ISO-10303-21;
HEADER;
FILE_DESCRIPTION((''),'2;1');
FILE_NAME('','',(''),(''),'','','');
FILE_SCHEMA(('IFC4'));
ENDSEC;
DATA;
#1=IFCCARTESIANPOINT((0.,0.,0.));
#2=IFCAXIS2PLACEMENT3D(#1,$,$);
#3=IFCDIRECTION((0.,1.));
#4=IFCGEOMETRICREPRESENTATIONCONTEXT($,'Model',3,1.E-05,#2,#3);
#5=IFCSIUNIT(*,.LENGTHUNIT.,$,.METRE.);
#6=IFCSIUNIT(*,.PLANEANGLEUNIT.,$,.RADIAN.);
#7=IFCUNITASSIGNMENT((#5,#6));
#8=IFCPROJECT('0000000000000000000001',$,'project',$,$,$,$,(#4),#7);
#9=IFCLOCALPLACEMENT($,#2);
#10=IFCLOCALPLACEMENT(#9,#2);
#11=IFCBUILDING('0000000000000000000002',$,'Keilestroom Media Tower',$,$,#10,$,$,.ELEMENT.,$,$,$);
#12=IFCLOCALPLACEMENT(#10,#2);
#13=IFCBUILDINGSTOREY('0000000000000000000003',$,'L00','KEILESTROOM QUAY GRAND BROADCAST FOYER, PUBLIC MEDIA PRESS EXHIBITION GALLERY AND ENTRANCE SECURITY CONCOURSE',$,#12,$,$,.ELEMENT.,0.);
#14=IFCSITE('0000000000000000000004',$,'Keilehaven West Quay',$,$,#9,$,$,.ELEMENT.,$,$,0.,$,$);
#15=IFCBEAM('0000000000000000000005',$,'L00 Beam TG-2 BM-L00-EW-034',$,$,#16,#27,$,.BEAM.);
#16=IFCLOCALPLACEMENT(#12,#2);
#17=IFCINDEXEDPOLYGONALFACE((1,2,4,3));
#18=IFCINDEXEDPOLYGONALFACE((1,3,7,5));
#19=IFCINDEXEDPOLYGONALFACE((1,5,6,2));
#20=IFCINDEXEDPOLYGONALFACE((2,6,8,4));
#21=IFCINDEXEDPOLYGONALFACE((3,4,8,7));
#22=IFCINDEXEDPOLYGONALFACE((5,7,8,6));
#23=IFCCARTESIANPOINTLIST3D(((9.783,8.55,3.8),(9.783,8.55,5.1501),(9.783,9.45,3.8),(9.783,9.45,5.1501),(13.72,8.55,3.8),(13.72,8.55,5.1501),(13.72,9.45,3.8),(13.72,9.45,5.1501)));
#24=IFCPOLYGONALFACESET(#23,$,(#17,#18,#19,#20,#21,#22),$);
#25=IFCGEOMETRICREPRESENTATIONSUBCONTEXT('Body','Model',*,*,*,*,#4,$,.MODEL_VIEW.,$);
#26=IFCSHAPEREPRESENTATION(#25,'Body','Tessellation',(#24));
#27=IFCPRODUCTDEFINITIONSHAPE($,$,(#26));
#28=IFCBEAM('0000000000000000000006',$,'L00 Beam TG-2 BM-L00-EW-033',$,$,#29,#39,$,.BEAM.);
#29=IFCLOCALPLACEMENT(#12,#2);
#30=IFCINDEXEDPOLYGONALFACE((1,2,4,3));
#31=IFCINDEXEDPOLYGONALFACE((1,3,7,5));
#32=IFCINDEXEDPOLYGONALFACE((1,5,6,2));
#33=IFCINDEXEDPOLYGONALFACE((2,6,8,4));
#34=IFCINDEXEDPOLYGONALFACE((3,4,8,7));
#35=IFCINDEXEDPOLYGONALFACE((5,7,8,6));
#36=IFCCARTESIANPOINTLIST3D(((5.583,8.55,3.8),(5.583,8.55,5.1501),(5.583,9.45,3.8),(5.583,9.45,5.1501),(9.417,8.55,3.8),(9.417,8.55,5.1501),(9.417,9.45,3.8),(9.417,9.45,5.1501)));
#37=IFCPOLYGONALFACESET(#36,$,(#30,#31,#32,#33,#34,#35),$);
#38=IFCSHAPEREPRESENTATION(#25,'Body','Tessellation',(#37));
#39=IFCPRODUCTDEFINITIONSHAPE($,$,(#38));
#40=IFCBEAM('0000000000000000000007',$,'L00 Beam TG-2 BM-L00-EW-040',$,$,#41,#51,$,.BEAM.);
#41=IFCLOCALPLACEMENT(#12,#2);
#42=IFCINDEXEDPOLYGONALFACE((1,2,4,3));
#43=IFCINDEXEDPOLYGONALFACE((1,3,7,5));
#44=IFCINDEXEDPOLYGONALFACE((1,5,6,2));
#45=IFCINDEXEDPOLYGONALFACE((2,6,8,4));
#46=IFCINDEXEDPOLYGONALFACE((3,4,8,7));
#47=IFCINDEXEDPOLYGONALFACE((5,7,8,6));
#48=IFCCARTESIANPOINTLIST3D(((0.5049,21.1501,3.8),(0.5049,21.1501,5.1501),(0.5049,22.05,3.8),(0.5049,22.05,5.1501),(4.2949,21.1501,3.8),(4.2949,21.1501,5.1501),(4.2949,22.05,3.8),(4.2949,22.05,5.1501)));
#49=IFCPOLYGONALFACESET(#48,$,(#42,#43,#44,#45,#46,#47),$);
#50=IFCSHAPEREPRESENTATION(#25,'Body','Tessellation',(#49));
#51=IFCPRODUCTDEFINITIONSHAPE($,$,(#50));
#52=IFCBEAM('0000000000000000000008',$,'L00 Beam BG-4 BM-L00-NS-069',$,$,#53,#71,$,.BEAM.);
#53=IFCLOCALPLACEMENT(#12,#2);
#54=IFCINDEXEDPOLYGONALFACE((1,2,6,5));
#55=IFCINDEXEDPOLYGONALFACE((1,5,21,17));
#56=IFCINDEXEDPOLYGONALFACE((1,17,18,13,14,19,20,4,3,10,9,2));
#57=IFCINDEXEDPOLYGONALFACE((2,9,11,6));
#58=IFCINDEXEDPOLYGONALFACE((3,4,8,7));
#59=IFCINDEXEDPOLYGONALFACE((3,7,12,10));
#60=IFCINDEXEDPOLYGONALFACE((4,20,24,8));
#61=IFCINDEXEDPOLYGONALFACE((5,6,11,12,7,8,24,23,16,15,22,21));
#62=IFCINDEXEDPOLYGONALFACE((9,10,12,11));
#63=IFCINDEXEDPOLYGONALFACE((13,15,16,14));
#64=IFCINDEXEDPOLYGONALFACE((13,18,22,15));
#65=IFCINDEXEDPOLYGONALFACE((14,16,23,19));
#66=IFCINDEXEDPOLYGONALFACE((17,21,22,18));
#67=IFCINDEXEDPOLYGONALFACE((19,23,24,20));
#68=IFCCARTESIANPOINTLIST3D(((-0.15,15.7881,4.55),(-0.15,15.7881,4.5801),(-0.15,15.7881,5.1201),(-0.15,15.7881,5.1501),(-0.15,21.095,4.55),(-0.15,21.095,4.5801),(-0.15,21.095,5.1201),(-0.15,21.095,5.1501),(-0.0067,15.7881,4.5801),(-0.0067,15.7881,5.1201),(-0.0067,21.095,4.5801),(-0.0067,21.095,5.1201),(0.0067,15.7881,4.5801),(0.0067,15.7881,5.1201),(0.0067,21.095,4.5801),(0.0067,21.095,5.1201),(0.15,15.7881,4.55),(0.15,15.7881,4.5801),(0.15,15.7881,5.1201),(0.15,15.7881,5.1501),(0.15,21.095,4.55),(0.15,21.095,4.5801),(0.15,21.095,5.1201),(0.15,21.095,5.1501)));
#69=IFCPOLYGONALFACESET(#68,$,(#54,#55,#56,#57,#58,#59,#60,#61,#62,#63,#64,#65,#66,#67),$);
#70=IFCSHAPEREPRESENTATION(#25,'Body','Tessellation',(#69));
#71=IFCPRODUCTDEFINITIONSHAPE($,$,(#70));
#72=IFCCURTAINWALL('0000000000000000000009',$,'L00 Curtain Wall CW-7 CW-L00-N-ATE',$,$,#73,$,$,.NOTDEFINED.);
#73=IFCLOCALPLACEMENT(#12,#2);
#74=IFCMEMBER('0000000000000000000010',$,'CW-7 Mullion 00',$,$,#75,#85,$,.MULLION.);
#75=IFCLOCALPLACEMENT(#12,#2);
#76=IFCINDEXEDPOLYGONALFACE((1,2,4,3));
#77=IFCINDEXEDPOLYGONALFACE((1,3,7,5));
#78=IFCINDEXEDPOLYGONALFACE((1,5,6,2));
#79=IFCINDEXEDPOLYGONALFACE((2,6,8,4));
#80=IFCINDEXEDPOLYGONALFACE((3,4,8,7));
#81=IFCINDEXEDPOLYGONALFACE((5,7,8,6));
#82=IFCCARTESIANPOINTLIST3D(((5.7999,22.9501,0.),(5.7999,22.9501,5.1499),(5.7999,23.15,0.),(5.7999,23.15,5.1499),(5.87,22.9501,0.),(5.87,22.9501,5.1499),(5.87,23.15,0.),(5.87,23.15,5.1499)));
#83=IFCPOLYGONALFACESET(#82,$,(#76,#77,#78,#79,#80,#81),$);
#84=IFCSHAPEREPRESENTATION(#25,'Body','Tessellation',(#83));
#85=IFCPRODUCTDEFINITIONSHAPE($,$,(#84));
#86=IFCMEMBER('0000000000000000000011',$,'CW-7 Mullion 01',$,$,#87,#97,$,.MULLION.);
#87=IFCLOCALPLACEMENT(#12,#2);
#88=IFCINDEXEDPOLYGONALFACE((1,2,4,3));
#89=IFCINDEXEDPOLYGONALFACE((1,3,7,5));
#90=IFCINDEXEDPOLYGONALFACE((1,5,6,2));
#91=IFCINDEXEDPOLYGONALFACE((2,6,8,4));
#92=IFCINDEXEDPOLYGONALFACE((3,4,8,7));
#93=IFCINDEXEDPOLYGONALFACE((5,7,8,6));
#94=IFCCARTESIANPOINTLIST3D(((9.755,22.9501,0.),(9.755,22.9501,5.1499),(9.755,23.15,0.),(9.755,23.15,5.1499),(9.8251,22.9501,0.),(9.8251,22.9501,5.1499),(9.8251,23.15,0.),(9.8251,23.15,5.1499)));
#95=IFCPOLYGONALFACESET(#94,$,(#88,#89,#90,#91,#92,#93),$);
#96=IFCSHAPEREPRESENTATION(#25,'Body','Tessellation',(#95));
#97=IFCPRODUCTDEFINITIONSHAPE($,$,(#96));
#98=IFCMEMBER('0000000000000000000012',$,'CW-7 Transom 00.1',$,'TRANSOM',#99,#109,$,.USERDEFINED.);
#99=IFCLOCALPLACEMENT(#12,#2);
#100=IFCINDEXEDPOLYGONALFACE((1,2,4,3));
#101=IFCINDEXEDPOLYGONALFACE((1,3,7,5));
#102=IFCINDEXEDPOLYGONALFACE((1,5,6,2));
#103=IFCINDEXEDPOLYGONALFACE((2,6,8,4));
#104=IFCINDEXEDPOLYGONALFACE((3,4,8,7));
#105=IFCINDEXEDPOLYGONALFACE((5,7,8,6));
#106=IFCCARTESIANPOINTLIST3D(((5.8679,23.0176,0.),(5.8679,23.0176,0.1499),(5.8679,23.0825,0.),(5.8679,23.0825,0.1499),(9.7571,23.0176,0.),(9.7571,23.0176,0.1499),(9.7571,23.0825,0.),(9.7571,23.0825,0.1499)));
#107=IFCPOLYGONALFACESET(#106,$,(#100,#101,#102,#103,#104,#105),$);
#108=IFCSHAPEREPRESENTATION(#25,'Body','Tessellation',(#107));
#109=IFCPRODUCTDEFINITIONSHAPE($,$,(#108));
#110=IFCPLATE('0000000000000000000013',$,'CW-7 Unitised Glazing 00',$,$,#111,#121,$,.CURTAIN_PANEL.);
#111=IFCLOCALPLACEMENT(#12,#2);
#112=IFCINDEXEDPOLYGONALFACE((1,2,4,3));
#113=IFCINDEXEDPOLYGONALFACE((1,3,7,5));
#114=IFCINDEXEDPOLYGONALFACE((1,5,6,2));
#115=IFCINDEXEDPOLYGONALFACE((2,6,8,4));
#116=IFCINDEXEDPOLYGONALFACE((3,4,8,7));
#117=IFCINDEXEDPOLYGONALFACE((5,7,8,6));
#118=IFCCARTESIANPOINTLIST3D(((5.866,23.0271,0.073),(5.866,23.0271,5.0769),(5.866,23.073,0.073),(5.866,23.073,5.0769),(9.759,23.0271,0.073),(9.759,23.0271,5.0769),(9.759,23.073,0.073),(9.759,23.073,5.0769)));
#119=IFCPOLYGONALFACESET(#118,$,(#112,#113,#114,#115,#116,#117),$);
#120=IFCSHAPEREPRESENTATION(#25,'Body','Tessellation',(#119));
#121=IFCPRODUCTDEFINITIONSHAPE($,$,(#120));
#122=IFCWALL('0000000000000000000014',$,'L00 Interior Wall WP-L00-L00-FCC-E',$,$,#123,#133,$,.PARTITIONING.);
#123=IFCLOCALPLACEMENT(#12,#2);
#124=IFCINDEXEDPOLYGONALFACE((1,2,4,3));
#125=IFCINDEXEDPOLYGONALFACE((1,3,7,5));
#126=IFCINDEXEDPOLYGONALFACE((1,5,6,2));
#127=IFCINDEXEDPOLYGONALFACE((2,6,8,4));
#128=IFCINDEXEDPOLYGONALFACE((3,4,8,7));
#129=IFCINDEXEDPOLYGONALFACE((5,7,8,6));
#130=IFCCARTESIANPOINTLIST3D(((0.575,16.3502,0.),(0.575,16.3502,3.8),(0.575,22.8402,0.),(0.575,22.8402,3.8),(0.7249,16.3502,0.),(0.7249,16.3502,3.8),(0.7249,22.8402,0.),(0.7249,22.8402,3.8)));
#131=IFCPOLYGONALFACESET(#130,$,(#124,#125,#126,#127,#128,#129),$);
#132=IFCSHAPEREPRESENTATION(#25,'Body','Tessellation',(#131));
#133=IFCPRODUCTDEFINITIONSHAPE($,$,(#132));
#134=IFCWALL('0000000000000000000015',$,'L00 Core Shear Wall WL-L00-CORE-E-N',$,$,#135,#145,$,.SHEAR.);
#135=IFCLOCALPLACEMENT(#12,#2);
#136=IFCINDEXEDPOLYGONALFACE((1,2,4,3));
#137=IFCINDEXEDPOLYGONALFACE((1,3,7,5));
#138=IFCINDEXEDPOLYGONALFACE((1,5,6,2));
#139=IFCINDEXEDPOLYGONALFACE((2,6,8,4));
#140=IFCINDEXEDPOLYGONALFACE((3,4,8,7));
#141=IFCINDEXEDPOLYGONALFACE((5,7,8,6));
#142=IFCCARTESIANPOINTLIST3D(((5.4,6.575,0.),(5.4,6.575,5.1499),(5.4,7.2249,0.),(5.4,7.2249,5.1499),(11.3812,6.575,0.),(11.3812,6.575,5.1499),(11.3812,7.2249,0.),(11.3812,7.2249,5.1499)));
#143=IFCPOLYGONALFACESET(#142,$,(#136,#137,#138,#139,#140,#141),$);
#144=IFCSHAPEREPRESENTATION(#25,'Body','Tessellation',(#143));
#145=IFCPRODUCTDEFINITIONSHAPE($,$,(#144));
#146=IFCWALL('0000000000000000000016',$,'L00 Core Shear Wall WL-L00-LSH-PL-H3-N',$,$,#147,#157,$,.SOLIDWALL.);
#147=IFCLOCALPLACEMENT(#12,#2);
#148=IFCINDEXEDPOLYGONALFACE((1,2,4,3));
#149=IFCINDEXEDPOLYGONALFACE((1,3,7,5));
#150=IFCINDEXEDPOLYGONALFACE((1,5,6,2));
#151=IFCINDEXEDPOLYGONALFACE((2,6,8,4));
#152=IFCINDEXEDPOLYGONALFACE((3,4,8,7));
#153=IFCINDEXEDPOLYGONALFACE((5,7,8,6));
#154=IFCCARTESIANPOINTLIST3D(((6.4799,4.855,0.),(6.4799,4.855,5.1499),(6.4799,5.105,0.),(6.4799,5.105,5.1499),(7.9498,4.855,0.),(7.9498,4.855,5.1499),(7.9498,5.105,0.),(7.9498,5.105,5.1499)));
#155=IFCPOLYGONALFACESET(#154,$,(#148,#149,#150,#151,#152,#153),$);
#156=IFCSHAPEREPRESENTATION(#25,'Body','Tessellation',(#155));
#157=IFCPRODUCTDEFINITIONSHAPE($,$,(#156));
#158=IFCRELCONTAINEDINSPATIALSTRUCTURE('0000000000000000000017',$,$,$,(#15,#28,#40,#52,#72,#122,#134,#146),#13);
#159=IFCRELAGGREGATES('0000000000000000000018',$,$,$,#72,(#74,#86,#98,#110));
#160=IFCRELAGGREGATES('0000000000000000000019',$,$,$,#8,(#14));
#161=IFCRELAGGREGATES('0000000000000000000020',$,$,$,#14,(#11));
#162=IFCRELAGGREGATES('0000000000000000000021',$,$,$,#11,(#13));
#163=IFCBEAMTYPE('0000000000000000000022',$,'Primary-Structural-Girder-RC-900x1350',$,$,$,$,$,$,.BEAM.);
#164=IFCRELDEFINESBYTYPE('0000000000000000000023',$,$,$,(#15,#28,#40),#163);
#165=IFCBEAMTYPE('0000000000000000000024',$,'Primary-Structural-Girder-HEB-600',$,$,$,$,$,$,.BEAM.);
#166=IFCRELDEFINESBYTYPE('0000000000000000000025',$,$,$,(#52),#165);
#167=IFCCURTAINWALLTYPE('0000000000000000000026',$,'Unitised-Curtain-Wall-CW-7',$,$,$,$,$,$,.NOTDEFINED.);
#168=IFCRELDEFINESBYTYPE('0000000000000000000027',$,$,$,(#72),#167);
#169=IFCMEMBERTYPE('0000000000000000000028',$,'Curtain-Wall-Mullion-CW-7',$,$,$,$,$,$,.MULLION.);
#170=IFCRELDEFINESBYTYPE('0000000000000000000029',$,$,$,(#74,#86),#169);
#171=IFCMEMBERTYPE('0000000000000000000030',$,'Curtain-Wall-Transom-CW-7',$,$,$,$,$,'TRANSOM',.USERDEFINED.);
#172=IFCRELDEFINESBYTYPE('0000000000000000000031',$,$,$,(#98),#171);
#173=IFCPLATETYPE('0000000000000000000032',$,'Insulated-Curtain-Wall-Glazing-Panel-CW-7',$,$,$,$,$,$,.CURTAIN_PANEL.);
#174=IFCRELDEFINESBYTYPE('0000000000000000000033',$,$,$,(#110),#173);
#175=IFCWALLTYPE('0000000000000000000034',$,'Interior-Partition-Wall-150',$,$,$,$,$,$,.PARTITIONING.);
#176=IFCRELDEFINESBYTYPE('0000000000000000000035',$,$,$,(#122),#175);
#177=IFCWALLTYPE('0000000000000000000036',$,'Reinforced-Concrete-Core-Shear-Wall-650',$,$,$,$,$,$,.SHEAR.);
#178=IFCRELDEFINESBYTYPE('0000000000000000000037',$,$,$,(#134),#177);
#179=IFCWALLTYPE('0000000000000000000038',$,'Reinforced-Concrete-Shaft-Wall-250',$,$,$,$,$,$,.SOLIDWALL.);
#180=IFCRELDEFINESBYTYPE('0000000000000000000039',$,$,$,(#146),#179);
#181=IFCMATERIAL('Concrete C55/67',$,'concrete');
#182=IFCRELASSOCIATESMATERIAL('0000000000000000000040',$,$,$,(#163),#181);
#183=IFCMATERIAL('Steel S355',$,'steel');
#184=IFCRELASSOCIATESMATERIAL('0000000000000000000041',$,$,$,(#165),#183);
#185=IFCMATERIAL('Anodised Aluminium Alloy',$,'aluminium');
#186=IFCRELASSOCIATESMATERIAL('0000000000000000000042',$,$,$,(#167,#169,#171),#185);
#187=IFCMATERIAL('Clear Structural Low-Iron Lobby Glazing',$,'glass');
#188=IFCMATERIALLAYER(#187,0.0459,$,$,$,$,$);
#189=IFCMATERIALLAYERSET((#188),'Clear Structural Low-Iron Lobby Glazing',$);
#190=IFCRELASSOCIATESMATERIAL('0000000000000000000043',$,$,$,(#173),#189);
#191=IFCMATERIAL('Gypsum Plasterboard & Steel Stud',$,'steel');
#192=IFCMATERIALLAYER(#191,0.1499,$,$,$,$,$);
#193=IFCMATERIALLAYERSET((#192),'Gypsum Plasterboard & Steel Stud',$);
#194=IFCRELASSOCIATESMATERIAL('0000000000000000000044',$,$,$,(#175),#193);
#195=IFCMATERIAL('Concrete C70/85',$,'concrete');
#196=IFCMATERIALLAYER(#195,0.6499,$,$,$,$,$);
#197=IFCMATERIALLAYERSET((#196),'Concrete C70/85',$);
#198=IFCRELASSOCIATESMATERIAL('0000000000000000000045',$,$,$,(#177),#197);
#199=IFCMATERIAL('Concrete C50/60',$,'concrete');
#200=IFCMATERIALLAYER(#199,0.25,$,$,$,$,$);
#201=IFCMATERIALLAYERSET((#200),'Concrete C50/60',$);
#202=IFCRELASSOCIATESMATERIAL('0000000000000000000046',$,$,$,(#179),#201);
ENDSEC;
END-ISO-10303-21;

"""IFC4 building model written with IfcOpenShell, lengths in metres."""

from ifc_helpers import new_model, si_unit, direction, frame, frame_2d, origin, origin_2d, place, context, subcontext, project, spatial, rectangle, i_section, extrude, source, transform, mapped, material, layer, layer_set, material_profile, profile_set, type_object, element, aggregate, save


model = new_model("IFC4")

# Units and contexts
model_context = context("Model", 3, precision=1e-05, world=origin(), true_north=direction((0.0, 1.0)))
body_context = subcontext(model_context, "Body", "Model", "MODEL_VIEW")
ifc_project = project(units=[si_unit("LENGTHUNIT", "METRE"), si_unit("PLANEANGLEUNIT", "RADIAN")], contexts=[model_context])

# Site, building, storey
site_placement = place(None, origin())
site = spatial("IfcSite", under=ifc_project, at=site_placement, Name="Keilehaven West Quay", CompositionType="ELEMENT", RefElevation=0.0)
building_placement = place(site_placement, origin())
building = spatial("IfcBuilding", under=site, at=building_placement, Name="Keilestroom Media Tower", CompositionType="ELEMENT")
storey_placement = place(building_placement, origin())
storey = spatial("IfcBuildingStorey", under=building, at=storey_placement, Name="L00", Description="KEILESTROOM QUAY GRAND BROADCAST FOYER, PUBLIC MEDIA PRESS EXHIBITION GALLERY AND ENTRANCE SECURITY CONCOURSE", CompositionType="ELEMENT", Elevation=0.0)

# Shared definitions
ifc_material_1 = material(Name="Concrete C55/67", Category="concrete")

# Beams
ifc_material_profile_1 = material_profile(ifc_material_1, rectangle(XDim=0.8999, YDim=1.3501, at=origin_2d()), Name="RC 900x1350")
ifc_profile_set_1 = profile_set([ifc_material_profile_1], Name="Concrete C55/67")
beam_type_1 = type_object("IfcBeamType", Name="Primary-Structural-Girder-RC-900x1350", PredefinedType="BEAM", material=ifc_profile_set_1)
shared_shape_1 = source(origin(), body_context, "Body", "SweptSolid", [
    extrude(rectangle(XDim=0.8999, YDim=1.3501, at=origin_2d()), origin(), (0.0, 0.0, 1.0), 3.937),
])
beam_1_placement = place(storey_placement, frame((9.783, 9.0, 4.4751), z_axis=(1.0, 0.0, 0.0), x_axis=(0.0, 1.0, 0.0)))
element("IfcBeam", 1, at=beam_1_placement, inside=storey, type_object=beam_type_1, Name="L00 Beam TG-2 BM-L00-EW-034", PredefinedType="BEAM", context=body_context, shape_type="MappedRepresentation", body=[
    mapped(shared_shape_1, transform((0.0, 0.0, 0.0), x_axis=(1.0, 0.0, 0.0), y_axis=(0.0, 1.0, 0.0), z_axis=(0.0, 0.0, 1.0), scale=1.0)),
])
shared_shape_2 = source(origin(), body_context, "Body", "SweptSolid", [
    extrude(rectangle(XDim=0.8999, YDim=1.3501, at=origin_2d()), origin(), (0.0, 0.0, 1.0), 3.834),
])
beam_2_placement = place(storey_placement, frame((5.583, 9.0, 4.4751), z_axis=(1.0, 0.0, 0.0), x_axis=(0.0, 1.0, 0.0)))
element("IfcBeam", 2, at=beam_2_placement, inside=storey, type_object=beam_type_1, Name="L00 Beam TG-2 BM-L00-EW-033", PredefinedType="BEAM", context=body_context, shape_type="MappedRepresentation", body=[
    mapped(shared_shape_2, transform((0.0, 0.0, 0.0), x_axis=(1.0, 0.0, 0.0), y_axis=(0.0, 1.0, 0.0), z_axis=(0.0, 0.0, 1.0), scale=1.0)),
])
shared_shape_3 = source(origin(), body_context, "Body", "SweptSolid", [
    extrude(rectangle(XDim=0.8999, YDim=1.3501, at=origin_2d()), origin(), (0.0, 0.0, 1.0), 3.79),
])
beam_3_placement = place(storey_placement, frame((0.5049, 21.6001, 4.4751), z_axis=(1.0, 0.0, 0.0), x_axis=(0.0, 1.0, 0.0)))
element("IfcBeam", 3, at=beam_3_placement, inside=storey, type_object=beam_type_1, Name="L00 Beam TG-2 BM-L00-EW-040", PredefinedType="BEAM", context=body_context, shape_type="MappedRepresentation", body=[
    mapped(shared_shape_3, transform((0.0, 0.0, 0.0), x_axis=(1.0, 0.0, 0.0), y_axis=(0.0, 1.0, 0.0), z_axis=(0.0, 0.0, 1.0), scale=1.0)),
])
ifc_material_2 = material(Name="Steel S355", Category="steel")
ifc_material_profile_2 = material_profile(ifc_material_2, i_section(OverallWidth=0.3, OverallDepth=0.6001, WebThickness=0.0134, FlangeThickness=0.03, at=origin_2d()), Name="HEB 600")
ifc_profile_set_2 = profile_set([ifc_material_profile_2], Name="Steel S355")
beam_type_2 = type_object("IfcBeamType", Name="Primary-Structural-Girder-HEB-600", PredefinedType="BEAM", material=ifc_profile_set_2)
shared_shape_4 = source(origin(), body_context, "Body", "SweptSolid", [
    extrude(i_section(OverallWidth=0.3, OverallDepth=0.6001, WebThickness=0.0134, FlangeThickness=0.03, at=origin_2d()), origin(), (0.0, 0.0, 1.0), 5.3069),
])
beam_4_placement = place(storey_placement, frame((0.0, 15.7881, 4.8501), z_axis=(0.0, 1.0, 0.0), x_axis=(-1.0, 0.0, 0.0)))
element("IfcBeam", 4, at=beam_4_placement, inside=storey, type_object=beam_type_2, Name="L00 Beam BG-4 BM-L00-NS-069", PredefinedType="BEAM", context=body_context, shape_type="MappedRepresentation", body=[
    mapped(shared_shape_4, transform((0.0, 0.0, 0.0), x_axis=(1.0, 0.0, 0.0), y_axis=(0.0, 1.0, 0.0), z_axis=(0.0, 0.0, 1.0), scale=1.0)),
])

# Curtain wall, members, plate
ifc_material_3 = material(Name="Anodised Aluminium Alloy", Category="aluminium")
curtain_wall_type = type_object("IfcCurtainWallType", Name="Unitised-Curtain-Wall-CW-7", PredefinedType="NOTDEFINED", material=ifc_material_3)
curtain_wall_placement = place(storey_placement, origin())
curtain_wall = element("IfcCurtainWall", 5, at=curtain_wall_placement, inside=storey, type_object=curtain_wall_type, Name="L00 Curtain Wall CW-7 CW-L00-N-ATE", PredefinedType="NOTDEFINED")
ifc_material_profile_3 = material_profile(ifc_material_3, rectangle(XDim=0.0701, YDim=0.2, at=origin_2d()), Name="ALU MULLION 70x200")
ifc_profile_set_3 = profile_set([ifc_material_profile_3], Name="Anodised Aluminium Alloy")
member_type_1 = type_object("IfcMemberType", Name="Curtain-Wall-Mullion-CW-7", PredefinedType="MULLION", material=ifc_profile_set_3)
shared_shape_5 = source(origin(), body_context, "Body", "SweptSolid", [
    extrude(rectangle(XDim=0.0701, YDim=0.2, at=origin_2d()), origin(), (0.0, 0.0, 1.0), 5.1499),
])
member_1_placement = place(storey_placement, frame((5.835, 23.05, 0.0), z_axis=(0.0, 0.0, 1.0), x_axis=(1.0, 0.0, 0.0)))
member_1 = element("IfcMember", 6, at=member_1_placement, type_object=member_type_1, Name="CW-7 Mullion 00", PredefinedType="MULLION", context=body_context, shape_type="MappedRepresentation", body=[
    mapped(shared_shape_5, transform((0.0, 0.0, 0.0), x_axis=(1.0, 0.0, 0.0), y_axis=(0.0, 1.0, 0.0), z_axis=(0.0, 0.0, 1.0), scale=1.0)),
])
member_2_placement = place(storey_placement, frame((9.79, 23.05, 0.0), z_axis=(0.0, 0.0, 1.0), x_axis=(1.0, 0.0, 0.0)))
member_2 = element("IfcMember", 7, at=member_2_placement, type_object=member_type_1, Name="CW-7 Mullion 01", PredefinedType="MULLION", context=body_context, shape_type="MappedRepresentation", body=[
    mapped(shared_shape_5, transform((0.0, 0.0, 0.0), x_axis=(1.0, 0.0, 0.0), y_axis=(0.0, 1.0, 0.0), z_axis=(0.0, 0.0, 1.0), scale=1.0)),
])
ifc_material_profile_4 = material_profile(ifc_material_3, rectangle(XDim=0.0649, YDim=0.1499, at=origin_2d()), Name="ALU TRANSOM 65x150")
ifc_profile_set_4 = profile_set([ifc_material_profile_4], Name="Anodised Aluminium Alloy")
member_type_2 = type_object("IfcMemberType", Name="Curtain-Wall-Transom-CW-7", ElementType="TRANSOM", PredefinedType="USERDEFINED", material=ifc_profile_set_4)
shared_shape_6 = source(origin(), body_context, "Body", "SweptSolid", [
    extrude(rectangle(XDim=0.0649, YDim=0.1499, at=origin_2d()), origin(), (0.0, 0.0, 1.0), 3.8892),
])
member_3_placement = place(storey_placement, frame((5.8679, 23.05, 0.075), z_axis=(1.0, 0.0, 0.0), x_axis=(0.0, 1.0, 0.0)))
member_3 = element("IfcMember", 8, at=member_3_placement, type_object=member_type_2, Name="CW-7 Transom 00.1", ObjectType="TRANSOM", PredefinedType="USERDEFINED", context=body_context, shape_type="MappedRepresentation", body=[
    mapped(shared_shape_6, transform((0.0, 0.0, 0.0), x_axis=(1.0, 0.0, 0.0), y_axis=(0.0, 1.0, 0.0), z_axis=(0.0, 0.0, 1.0), scale=1.0)),
])
ifc_material_4 = material(Name="Clear Structural Low-Iron Lobby Glazing", Category="glass")
ifc_layer_1 = layer(ifc_material_4, 0.0459)
ifc_layer_set_1 = layer_set([ifc_layer_1], Name="Clear Structural Low-Iron Lobby Glazing")
plate_type = type_object("IfcPlateType", Name="Insulated-Curtain-Wall-Glazing-Panel-CW-7", PredefinedType="CURTAIN_PANEL", material=ifc_layer_set_1)
shared_shape_7 = source(origin(), body_context, "Body", "SweptSolid", [
    extrude(rectangle(XDim=3.8931, YDim=0.0459, at=origin_2d()), origin(), (0.0, 0.0, 1.0), 5.0039),
])
plate_placement = place(storey_placement, frame((7.8125, 23.05, 0.073), z_axis=(0.0, 0.0, 1.0), x_axis=(1.0, 0.0, 0.0)))
plate = element("IfcPlate", 9, at=plate_placement, type_object=plate_type, Name="CW-7 Unitised Glazing 00", PredefinedType="CURTAIN_PANEL", context=body_context, shape_type="MappedRepresentation", body=[
    mapped(shared_shape_7, transform((0.0, 0.0, 0.0), x_axis=(1.0, 0.0, 0.0), y_axis=(0.0, 1.0, 0.0), z_axis=(0.0, 0.0, 1.0), scale=1.0)),
])
aggregate(curtain_wall, [member_1, member_2, member_3, plate])

# Walls
ifc_material_5 = material(Name="Gypsum Plasterboard & Steel Stud", Category="steel")
ifc_layer_2 = layer(ifc_material_5, 0.1499)
ifc_layer_set_2 = layer_set([ifc_layer_2], Name="Gypsum Plasterboard & Steel Stud")
wall_type_1 = type_object("IfcWallType", Name="Interior-Partition-Wall-150", PredefinedType="PARTITIONING", material=ifc_layer_set_2)
wall_1_placement = place(storey_placement, frame((0.6499, 16.3501, 0.0), z_axis=(0.0, 0.0, 1.0), x_axis=(0.0, 1.0, 0.0)))
element("IfcWall", 10, at=wall_1_placement, inside=storey, type_object=wall_type_1, Name="L00 Interior Wall WP-L00-L00-FCC-E", PredefinedType="PARTITIONING", context=body_context, shape_type="SweptSolid", body=[
    extrude(rectangle(XDim=6.49, YDim=0.1499, at=frame_2d((3.2451, 0.0))), origin(), (0.0, 0.0, 1.0), 3.8),
])
ifc_material_6 = material(Name="Concrete C70/85", Category="concrete")
ifc_layer_3 = layer(ifc_material_6, 0.6499)
ifc_layer_set_3 = layer_set([ifc_layer_3], Name="Concrete C70/85")
wall_type_2 = type_object("IfcWallType", Name="Reinforced-Concrete-Core-Shear-Wall-650", PredefinedType="SHEAR", material=ifc_layer_set_3)
wall_2_placement = place(storey_placement, frame((5.3999, 6.8999, 0.0), z_axis=(0.0, 0.0, 1.0), x_axis=(1.0, 0.0, 0.0)))
element("IfcWall", 11, at=wall_2_placement, inside=storey, type_object=wall_type_2, Name="L00 Core Shear Wall WL-L00-CORE-E-N", PredefinedType="SHEAR", context=body_context, shape_type="SweptSolid", body=[
    extrude(rectangle(XDim=5.9812, YDim=0.6499, at=frame_2d((2.9907, 0.0))), origin(), (0.0, 0.0, 1.0), 5.1499),
])
ifc_material_7 = material(Name="Concrete C50/60", Category="concrete")
ifc_layer_4 = layer(ifc_material_7, 0.25)
ifc_layer_set_4 = layer_set([ifc_layer_4], Name="Concrete C50/60")
wall_type_3 = type_object("IfcWallType", Name="Reinforced-Concrete-Shaft-Wall-250", PredefinedType="SOLIDWALL", material=ifc_layer_set_4)
wall_3_placement = place(storey_placement, frame((6.48, 4.98, 0.0), z_axis=(0.0, 0.0, 1.0), x_axis=(1.0, 0.0, 0.0)))
element("IfcWall", 12, at=wall_3_placement, inside=storey, type_object=wall_type_3, Name="L00 Core Shear Wall WL-L00-LSH-PL-H3-N", PredefinedType="SOLIDWALL", context=body_context, shape_type="SweptSolid", body=[
    extrude(rectangle(XDim=1.47, YDim=0.25, at=frame_2d((0.7349, 0.0))), origin(), (0.0, 0.0, 1.0), 5.1499),
])

save(model, "model.ifc")
